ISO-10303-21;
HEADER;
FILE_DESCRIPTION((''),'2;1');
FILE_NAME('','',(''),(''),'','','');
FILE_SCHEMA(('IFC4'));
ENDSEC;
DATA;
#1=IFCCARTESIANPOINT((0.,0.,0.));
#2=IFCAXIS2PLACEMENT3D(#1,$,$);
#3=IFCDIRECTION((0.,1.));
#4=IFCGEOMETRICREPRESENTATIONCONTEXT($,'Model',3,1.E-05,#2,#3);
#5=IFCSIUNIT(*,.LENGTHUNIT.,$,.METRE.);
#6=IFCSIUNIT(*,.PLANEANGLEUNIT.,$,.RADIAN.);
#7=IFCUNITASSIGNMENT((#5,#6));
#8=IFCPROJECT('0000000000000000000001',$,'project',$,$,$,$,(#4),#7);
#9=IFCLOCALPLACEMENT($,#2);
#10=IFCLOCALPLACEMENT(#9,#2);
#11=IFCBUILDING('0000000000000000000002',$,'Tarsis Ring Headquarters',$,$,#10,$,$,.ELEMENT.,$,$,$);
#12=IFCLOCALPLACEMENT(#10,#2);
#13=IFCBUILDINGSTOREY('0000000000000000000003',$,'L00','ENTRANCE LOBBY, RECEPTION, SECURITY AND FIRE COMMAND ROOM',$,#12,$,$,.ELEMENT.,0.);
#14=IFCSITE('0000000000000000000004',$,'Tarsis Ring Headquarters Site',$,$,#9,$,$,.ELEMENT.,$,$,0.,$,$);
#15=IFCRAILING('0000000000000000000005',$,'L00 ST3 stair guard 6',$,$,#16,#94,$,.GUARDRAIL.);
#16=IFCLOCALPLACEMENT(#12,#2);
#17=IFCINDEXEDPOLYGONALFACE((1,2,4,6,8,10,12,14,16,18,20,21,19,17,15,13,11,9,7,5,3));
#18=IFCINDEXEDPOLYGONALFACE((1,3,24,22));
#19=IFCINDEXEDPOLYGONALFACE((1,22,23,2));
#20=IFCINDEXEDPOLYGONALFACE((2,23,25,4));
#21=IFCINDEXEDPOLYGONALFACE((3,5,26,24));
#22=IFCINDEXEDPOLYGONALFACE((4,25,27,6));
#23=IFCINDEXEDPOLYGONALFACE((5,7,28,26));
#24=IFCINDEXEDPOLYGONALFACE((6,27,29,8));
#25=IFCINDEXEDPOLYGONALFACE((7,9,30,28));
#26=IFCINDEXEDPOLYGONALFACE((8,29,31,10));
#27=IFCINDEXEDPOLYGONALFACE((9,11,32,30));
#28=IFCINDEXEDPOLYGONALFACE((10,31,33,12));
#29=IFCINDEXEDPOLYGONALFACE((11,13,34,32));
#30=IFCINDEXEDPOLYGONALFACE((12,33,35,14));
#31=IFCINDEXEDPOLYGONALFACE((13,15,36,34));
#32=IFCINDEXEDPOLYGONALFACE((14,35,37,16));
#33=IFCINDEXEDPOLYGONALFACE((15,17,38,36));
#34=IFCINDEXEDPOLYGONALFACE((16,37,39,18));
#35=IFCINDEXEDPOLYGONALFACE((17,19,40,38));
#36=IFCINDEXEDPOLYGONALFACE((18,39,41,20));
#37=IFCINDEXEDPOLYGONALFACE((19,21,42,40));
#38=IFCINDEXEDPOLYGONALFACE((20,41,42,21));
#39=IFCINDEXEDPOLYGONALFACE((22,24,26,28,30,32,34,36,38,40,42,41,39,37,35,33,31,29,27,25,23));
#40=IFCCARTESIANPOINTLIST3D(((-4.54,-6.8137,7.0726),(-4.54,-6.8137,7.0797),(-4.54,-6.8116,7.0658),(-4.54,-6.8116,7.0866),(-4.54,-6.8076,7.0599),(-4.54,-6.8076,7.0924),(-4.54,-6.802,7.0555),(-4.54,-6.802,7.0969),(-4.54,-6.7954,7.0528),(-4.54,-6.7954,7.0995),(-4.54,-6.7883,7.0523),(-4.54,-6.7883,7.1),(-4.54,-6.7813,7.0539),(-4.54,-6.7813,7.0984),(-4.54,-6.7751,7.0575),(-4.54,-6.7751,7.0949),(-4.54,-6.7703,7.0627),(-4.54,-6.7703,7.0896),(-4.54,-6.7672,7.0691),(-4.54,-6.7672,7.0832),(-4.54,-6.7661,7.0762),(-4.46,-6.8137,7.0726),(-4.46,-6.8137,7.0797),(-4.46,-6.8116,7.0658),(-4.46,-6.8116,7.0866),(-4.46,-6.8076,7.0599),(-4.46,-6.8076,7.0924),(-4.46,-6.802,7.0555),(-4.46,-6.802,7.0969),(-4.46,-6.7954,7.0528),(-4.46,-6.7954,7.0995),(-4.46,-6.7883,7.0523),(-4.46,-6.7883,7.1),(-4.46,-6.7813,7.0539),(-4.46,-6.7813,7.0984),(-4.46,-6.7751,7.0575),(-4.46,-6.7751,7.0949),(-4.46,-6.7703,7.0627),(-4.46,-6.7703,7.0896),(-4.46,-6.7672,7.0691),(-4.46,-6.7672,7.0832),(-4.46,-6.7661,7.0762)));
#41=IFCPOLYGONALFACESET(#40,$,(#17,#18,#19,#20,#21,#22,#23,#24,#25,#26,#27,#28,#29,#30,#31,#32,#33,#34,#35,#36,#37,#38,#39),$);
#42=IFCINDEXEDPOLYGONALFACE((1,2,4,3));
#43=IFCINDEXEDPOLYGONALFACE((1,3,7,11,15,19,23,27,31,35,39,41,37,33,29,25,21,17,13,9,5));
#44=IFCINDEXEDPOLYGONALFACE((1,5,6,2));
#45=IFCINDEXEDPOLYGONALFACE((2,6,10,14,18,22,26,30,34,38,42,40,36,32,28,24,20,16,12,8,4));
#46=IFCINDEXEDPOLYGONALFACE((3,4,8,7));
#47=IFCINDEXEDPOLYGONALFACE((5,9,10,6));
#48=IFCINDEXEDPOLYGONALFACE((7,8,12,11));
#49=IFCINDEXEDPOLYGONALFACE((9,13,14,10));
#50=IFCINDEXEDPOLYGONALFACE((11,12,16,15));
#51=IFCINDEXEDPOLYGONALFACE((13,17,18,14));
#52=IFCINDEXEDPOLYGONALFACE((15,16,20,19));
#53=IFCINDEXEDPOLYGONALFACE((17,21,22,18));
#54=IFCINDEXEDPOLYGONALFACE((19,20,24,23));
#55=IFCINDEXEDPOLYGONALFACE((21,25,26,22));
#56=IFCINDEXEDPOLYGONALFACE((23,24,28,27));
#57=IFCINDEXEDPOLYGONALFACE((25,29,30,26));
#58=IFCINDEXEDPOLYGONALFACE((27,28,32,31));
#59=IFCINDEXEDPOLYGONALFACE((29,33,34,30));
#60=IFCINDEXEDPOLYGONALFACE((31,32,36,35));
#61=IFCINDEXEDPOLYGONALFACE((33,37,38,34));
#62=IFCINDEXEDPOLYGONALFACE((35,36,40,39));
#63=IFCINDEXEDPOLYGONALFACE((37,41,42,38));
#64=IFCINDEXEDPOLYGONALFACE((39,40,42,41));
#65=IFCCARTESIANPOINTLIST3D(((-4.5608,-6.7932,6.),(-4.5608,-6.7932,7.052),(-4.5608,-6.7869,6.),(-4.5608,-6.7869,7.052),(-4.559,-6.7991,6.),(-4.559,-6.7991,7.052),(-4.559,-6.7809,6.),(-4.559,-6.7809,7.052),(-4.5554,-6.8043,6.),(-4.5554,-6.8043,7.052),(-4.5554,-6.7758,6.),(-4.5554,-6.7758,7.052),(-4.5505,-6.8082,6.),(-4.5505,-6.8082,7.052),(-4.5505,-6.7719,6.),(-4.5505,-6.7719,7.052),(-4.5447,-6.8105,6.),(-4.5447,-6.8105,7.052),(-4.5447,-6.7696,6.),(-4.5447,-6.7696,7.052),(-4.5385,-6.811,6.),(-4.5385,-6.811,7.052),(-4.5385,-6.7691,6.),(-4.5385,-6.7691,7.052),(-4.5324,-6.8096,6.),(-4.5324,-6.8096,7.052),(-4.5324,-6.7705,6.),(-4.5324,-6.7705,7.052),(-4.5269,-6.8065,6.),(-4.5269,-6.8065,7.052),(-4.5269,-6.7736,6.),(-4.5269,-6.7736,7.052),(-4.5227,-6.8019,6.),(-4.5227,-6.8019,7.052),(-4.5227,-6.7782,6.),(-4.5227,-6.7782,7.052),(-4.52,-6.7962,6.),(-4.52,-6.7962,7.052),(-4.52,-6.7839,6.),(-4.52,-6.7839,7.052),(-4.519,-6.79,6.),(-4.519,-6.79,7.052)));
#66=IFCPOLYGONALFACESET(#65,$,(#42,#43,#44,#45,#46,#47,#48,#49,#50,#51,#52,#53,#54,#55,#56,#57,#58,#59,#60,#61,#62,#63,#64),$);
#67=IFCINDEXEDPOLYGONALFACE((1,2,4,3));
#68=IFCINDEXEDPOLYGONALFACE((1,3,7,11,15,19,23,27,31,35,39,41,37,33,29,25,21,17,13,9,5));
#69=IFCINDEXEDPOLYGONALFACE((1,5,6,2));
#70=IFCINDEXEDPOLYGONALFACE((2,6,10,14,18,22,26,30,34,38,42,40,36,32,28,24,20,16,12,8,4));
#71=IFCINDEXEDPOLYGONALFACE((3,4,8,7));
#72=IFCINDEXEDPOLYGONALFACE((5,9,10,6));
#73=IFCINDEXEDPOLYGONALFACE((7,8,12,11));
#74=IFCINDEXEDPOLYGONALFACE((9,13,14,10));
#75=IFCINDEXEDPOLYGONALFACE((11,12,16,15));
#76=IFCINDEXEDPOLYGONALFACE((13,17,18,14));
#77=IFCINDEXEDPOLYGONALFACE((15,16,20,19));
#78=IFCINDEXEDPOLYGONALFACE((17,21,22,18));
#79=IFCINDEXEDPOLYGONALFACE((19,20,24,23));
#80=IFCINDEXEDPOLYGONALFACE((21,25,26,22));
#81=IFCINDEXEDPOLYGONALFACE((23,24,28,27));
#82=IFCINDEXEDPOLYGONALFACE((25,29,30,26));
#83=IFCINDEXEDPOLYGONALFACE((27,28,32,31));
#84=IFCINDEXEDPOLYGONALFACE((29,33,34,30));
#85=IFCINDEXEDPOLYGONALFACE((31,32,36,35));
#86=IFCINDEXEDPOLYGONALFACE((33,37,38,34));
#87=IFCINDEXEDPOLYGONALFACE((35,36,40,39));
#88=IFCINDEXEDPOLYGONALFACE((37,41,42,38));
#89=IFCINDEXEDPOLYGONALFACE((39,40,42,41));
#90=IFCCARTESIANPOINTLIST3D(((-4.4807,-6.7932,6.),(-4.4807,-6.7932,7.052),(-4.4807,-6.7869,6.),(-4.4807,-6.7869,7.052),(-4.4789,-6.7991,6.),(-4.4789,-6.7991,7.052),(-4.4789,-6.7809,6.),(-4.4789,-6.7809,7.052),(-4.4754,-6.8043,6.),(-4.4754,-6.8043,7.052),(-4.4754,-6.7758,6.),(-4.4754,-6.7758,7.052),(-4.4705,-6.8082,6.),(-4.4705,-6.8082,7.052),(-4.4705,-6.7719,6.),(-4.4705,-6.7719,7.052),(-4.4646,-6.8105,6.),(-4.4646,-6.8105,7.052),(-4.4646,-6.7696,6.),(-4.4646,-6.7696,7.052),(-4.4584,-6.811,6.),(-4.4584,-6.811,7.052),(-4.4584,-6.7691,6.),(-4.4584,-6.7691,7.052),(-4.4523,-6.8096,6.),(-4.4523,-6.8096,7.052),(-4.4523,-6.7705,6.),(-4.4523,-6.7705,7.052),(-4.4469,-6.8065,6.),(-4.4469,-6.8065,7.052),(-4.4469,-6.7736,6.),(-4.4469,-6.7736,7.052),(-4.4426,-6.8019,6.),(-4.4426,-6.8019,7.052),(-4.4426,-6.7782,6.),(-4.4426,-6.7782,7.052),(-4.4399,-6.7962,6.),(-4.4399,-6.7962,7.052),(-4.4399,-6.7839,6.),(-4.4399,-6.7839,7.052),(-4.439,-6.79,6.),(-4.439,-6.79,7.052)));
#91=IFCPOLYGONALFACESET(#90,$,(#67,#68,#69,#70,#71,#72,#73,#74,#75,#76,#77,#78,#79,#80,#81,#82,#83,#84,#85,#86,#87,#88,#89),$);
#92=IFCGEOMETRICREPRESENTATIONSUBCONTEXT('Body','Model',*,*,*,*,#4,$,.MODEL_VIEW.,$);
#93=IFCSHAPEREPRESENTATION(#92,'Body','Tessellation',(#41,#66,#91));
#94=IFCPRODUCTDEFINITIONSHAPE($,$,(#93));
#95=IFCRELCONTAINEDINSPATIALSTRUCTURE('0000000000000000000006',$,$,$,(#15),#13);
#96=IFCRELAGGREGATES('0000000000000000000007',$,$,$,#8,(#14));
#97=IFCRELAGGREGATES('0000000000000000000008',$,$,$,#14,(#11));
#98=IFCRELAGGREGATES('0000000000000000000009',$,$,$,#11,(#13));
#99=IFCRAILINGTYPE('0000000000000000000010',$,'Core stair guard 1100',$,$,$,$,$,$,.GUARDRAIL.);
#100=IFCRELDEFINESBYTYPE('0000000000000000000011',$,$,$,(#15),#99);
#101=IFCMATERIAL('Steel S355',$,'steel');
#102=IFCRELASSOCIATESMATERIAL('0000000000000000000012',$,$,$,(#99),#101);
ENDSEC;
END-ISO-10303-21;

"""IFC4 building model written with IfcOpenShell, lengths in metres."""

from ifc_helpers import new_model, si_unit, direction, frame, origin, origin_2d, place, context, subcontext, project, spatial, circle, extrude, material, type_object, element, save


model = new_model("IFC4")

# Units and contexts
model_context = context("Model", 3, precision=1e-05, world=origin(), true_north=direction((0.0, 1.0)))
body_context = subcontext(model_context, "Body", "Model", "MODEL_VIEW")
ifc_project = project(units=[si_unit("LENGTHUNIT", "METRE"), si_unit("PLANEANGLEUNIT", "RADIAN")], contexts=[model_context])

# Site, building, storey
site_placement = place(None, origin())
site = spatial("IfcSite", under=ifc_project, at=site_placement, Name="Tarsis Ring Headquarters Site", CompositionType="ELEMENT", RefElevation=0.0)
building_placement = place(site_placement, origin())
building = spatial("IfcBuilding", under=site, at=building_placement, Name="Tarsis Ring Headquarters", CompositionType="ELEMENT")
storey_placement = place(building_placement, origin())
storey = spatial("IfcBuildingStorey", under=building, at=storey_placement, Name="L00", Description="ENTRANCE LOBBY, RECEPTION, SECURITY AND FIRE COMMAND ROOM", CompositionType="ELEMENT", Elevation=0.0)

# Railing
ifc_material = material(Name="Steel S355", Category="steel")
railing_type_1 = type_object("IfcRailingType", Name="Core stair guard 1100", PredefinedType="GUARDRAIL", material=ifc_material)
railing_1_placement = place(storey_placement, frame((-4.54, -6.79, 6.0)))
element("IfcRailing", 1, at=railing_1_placement, inside=storey, type_object=railing_type_1, Name="L00 ST3 stair guard 6", PredefinedType="GUARDRAIL", context=body_context, shape_type="SweptSolid", body=[
    extrude(circle(Radius=0.0239, at=origin_2d()), frame((0.0, 0.0, 1.0762), z_axis=(1.0, 0.0, 0.0), x_axis=(0.0, 1.0, 0.0)), (0.0, 0.0, 1.0), 0.0801),
    extrude(circle(Radius=0.021, at=origin_2d()), origin(), (0.0, 0.0, 1.0), 1.052),
    extrude(circle(Radius=0.021, at=origin_2d()), frame((0.0801, 0.0, 0.0)), (0.0, 0.0, 1.0), 1.052),
])

save(model, "model.ifc")
